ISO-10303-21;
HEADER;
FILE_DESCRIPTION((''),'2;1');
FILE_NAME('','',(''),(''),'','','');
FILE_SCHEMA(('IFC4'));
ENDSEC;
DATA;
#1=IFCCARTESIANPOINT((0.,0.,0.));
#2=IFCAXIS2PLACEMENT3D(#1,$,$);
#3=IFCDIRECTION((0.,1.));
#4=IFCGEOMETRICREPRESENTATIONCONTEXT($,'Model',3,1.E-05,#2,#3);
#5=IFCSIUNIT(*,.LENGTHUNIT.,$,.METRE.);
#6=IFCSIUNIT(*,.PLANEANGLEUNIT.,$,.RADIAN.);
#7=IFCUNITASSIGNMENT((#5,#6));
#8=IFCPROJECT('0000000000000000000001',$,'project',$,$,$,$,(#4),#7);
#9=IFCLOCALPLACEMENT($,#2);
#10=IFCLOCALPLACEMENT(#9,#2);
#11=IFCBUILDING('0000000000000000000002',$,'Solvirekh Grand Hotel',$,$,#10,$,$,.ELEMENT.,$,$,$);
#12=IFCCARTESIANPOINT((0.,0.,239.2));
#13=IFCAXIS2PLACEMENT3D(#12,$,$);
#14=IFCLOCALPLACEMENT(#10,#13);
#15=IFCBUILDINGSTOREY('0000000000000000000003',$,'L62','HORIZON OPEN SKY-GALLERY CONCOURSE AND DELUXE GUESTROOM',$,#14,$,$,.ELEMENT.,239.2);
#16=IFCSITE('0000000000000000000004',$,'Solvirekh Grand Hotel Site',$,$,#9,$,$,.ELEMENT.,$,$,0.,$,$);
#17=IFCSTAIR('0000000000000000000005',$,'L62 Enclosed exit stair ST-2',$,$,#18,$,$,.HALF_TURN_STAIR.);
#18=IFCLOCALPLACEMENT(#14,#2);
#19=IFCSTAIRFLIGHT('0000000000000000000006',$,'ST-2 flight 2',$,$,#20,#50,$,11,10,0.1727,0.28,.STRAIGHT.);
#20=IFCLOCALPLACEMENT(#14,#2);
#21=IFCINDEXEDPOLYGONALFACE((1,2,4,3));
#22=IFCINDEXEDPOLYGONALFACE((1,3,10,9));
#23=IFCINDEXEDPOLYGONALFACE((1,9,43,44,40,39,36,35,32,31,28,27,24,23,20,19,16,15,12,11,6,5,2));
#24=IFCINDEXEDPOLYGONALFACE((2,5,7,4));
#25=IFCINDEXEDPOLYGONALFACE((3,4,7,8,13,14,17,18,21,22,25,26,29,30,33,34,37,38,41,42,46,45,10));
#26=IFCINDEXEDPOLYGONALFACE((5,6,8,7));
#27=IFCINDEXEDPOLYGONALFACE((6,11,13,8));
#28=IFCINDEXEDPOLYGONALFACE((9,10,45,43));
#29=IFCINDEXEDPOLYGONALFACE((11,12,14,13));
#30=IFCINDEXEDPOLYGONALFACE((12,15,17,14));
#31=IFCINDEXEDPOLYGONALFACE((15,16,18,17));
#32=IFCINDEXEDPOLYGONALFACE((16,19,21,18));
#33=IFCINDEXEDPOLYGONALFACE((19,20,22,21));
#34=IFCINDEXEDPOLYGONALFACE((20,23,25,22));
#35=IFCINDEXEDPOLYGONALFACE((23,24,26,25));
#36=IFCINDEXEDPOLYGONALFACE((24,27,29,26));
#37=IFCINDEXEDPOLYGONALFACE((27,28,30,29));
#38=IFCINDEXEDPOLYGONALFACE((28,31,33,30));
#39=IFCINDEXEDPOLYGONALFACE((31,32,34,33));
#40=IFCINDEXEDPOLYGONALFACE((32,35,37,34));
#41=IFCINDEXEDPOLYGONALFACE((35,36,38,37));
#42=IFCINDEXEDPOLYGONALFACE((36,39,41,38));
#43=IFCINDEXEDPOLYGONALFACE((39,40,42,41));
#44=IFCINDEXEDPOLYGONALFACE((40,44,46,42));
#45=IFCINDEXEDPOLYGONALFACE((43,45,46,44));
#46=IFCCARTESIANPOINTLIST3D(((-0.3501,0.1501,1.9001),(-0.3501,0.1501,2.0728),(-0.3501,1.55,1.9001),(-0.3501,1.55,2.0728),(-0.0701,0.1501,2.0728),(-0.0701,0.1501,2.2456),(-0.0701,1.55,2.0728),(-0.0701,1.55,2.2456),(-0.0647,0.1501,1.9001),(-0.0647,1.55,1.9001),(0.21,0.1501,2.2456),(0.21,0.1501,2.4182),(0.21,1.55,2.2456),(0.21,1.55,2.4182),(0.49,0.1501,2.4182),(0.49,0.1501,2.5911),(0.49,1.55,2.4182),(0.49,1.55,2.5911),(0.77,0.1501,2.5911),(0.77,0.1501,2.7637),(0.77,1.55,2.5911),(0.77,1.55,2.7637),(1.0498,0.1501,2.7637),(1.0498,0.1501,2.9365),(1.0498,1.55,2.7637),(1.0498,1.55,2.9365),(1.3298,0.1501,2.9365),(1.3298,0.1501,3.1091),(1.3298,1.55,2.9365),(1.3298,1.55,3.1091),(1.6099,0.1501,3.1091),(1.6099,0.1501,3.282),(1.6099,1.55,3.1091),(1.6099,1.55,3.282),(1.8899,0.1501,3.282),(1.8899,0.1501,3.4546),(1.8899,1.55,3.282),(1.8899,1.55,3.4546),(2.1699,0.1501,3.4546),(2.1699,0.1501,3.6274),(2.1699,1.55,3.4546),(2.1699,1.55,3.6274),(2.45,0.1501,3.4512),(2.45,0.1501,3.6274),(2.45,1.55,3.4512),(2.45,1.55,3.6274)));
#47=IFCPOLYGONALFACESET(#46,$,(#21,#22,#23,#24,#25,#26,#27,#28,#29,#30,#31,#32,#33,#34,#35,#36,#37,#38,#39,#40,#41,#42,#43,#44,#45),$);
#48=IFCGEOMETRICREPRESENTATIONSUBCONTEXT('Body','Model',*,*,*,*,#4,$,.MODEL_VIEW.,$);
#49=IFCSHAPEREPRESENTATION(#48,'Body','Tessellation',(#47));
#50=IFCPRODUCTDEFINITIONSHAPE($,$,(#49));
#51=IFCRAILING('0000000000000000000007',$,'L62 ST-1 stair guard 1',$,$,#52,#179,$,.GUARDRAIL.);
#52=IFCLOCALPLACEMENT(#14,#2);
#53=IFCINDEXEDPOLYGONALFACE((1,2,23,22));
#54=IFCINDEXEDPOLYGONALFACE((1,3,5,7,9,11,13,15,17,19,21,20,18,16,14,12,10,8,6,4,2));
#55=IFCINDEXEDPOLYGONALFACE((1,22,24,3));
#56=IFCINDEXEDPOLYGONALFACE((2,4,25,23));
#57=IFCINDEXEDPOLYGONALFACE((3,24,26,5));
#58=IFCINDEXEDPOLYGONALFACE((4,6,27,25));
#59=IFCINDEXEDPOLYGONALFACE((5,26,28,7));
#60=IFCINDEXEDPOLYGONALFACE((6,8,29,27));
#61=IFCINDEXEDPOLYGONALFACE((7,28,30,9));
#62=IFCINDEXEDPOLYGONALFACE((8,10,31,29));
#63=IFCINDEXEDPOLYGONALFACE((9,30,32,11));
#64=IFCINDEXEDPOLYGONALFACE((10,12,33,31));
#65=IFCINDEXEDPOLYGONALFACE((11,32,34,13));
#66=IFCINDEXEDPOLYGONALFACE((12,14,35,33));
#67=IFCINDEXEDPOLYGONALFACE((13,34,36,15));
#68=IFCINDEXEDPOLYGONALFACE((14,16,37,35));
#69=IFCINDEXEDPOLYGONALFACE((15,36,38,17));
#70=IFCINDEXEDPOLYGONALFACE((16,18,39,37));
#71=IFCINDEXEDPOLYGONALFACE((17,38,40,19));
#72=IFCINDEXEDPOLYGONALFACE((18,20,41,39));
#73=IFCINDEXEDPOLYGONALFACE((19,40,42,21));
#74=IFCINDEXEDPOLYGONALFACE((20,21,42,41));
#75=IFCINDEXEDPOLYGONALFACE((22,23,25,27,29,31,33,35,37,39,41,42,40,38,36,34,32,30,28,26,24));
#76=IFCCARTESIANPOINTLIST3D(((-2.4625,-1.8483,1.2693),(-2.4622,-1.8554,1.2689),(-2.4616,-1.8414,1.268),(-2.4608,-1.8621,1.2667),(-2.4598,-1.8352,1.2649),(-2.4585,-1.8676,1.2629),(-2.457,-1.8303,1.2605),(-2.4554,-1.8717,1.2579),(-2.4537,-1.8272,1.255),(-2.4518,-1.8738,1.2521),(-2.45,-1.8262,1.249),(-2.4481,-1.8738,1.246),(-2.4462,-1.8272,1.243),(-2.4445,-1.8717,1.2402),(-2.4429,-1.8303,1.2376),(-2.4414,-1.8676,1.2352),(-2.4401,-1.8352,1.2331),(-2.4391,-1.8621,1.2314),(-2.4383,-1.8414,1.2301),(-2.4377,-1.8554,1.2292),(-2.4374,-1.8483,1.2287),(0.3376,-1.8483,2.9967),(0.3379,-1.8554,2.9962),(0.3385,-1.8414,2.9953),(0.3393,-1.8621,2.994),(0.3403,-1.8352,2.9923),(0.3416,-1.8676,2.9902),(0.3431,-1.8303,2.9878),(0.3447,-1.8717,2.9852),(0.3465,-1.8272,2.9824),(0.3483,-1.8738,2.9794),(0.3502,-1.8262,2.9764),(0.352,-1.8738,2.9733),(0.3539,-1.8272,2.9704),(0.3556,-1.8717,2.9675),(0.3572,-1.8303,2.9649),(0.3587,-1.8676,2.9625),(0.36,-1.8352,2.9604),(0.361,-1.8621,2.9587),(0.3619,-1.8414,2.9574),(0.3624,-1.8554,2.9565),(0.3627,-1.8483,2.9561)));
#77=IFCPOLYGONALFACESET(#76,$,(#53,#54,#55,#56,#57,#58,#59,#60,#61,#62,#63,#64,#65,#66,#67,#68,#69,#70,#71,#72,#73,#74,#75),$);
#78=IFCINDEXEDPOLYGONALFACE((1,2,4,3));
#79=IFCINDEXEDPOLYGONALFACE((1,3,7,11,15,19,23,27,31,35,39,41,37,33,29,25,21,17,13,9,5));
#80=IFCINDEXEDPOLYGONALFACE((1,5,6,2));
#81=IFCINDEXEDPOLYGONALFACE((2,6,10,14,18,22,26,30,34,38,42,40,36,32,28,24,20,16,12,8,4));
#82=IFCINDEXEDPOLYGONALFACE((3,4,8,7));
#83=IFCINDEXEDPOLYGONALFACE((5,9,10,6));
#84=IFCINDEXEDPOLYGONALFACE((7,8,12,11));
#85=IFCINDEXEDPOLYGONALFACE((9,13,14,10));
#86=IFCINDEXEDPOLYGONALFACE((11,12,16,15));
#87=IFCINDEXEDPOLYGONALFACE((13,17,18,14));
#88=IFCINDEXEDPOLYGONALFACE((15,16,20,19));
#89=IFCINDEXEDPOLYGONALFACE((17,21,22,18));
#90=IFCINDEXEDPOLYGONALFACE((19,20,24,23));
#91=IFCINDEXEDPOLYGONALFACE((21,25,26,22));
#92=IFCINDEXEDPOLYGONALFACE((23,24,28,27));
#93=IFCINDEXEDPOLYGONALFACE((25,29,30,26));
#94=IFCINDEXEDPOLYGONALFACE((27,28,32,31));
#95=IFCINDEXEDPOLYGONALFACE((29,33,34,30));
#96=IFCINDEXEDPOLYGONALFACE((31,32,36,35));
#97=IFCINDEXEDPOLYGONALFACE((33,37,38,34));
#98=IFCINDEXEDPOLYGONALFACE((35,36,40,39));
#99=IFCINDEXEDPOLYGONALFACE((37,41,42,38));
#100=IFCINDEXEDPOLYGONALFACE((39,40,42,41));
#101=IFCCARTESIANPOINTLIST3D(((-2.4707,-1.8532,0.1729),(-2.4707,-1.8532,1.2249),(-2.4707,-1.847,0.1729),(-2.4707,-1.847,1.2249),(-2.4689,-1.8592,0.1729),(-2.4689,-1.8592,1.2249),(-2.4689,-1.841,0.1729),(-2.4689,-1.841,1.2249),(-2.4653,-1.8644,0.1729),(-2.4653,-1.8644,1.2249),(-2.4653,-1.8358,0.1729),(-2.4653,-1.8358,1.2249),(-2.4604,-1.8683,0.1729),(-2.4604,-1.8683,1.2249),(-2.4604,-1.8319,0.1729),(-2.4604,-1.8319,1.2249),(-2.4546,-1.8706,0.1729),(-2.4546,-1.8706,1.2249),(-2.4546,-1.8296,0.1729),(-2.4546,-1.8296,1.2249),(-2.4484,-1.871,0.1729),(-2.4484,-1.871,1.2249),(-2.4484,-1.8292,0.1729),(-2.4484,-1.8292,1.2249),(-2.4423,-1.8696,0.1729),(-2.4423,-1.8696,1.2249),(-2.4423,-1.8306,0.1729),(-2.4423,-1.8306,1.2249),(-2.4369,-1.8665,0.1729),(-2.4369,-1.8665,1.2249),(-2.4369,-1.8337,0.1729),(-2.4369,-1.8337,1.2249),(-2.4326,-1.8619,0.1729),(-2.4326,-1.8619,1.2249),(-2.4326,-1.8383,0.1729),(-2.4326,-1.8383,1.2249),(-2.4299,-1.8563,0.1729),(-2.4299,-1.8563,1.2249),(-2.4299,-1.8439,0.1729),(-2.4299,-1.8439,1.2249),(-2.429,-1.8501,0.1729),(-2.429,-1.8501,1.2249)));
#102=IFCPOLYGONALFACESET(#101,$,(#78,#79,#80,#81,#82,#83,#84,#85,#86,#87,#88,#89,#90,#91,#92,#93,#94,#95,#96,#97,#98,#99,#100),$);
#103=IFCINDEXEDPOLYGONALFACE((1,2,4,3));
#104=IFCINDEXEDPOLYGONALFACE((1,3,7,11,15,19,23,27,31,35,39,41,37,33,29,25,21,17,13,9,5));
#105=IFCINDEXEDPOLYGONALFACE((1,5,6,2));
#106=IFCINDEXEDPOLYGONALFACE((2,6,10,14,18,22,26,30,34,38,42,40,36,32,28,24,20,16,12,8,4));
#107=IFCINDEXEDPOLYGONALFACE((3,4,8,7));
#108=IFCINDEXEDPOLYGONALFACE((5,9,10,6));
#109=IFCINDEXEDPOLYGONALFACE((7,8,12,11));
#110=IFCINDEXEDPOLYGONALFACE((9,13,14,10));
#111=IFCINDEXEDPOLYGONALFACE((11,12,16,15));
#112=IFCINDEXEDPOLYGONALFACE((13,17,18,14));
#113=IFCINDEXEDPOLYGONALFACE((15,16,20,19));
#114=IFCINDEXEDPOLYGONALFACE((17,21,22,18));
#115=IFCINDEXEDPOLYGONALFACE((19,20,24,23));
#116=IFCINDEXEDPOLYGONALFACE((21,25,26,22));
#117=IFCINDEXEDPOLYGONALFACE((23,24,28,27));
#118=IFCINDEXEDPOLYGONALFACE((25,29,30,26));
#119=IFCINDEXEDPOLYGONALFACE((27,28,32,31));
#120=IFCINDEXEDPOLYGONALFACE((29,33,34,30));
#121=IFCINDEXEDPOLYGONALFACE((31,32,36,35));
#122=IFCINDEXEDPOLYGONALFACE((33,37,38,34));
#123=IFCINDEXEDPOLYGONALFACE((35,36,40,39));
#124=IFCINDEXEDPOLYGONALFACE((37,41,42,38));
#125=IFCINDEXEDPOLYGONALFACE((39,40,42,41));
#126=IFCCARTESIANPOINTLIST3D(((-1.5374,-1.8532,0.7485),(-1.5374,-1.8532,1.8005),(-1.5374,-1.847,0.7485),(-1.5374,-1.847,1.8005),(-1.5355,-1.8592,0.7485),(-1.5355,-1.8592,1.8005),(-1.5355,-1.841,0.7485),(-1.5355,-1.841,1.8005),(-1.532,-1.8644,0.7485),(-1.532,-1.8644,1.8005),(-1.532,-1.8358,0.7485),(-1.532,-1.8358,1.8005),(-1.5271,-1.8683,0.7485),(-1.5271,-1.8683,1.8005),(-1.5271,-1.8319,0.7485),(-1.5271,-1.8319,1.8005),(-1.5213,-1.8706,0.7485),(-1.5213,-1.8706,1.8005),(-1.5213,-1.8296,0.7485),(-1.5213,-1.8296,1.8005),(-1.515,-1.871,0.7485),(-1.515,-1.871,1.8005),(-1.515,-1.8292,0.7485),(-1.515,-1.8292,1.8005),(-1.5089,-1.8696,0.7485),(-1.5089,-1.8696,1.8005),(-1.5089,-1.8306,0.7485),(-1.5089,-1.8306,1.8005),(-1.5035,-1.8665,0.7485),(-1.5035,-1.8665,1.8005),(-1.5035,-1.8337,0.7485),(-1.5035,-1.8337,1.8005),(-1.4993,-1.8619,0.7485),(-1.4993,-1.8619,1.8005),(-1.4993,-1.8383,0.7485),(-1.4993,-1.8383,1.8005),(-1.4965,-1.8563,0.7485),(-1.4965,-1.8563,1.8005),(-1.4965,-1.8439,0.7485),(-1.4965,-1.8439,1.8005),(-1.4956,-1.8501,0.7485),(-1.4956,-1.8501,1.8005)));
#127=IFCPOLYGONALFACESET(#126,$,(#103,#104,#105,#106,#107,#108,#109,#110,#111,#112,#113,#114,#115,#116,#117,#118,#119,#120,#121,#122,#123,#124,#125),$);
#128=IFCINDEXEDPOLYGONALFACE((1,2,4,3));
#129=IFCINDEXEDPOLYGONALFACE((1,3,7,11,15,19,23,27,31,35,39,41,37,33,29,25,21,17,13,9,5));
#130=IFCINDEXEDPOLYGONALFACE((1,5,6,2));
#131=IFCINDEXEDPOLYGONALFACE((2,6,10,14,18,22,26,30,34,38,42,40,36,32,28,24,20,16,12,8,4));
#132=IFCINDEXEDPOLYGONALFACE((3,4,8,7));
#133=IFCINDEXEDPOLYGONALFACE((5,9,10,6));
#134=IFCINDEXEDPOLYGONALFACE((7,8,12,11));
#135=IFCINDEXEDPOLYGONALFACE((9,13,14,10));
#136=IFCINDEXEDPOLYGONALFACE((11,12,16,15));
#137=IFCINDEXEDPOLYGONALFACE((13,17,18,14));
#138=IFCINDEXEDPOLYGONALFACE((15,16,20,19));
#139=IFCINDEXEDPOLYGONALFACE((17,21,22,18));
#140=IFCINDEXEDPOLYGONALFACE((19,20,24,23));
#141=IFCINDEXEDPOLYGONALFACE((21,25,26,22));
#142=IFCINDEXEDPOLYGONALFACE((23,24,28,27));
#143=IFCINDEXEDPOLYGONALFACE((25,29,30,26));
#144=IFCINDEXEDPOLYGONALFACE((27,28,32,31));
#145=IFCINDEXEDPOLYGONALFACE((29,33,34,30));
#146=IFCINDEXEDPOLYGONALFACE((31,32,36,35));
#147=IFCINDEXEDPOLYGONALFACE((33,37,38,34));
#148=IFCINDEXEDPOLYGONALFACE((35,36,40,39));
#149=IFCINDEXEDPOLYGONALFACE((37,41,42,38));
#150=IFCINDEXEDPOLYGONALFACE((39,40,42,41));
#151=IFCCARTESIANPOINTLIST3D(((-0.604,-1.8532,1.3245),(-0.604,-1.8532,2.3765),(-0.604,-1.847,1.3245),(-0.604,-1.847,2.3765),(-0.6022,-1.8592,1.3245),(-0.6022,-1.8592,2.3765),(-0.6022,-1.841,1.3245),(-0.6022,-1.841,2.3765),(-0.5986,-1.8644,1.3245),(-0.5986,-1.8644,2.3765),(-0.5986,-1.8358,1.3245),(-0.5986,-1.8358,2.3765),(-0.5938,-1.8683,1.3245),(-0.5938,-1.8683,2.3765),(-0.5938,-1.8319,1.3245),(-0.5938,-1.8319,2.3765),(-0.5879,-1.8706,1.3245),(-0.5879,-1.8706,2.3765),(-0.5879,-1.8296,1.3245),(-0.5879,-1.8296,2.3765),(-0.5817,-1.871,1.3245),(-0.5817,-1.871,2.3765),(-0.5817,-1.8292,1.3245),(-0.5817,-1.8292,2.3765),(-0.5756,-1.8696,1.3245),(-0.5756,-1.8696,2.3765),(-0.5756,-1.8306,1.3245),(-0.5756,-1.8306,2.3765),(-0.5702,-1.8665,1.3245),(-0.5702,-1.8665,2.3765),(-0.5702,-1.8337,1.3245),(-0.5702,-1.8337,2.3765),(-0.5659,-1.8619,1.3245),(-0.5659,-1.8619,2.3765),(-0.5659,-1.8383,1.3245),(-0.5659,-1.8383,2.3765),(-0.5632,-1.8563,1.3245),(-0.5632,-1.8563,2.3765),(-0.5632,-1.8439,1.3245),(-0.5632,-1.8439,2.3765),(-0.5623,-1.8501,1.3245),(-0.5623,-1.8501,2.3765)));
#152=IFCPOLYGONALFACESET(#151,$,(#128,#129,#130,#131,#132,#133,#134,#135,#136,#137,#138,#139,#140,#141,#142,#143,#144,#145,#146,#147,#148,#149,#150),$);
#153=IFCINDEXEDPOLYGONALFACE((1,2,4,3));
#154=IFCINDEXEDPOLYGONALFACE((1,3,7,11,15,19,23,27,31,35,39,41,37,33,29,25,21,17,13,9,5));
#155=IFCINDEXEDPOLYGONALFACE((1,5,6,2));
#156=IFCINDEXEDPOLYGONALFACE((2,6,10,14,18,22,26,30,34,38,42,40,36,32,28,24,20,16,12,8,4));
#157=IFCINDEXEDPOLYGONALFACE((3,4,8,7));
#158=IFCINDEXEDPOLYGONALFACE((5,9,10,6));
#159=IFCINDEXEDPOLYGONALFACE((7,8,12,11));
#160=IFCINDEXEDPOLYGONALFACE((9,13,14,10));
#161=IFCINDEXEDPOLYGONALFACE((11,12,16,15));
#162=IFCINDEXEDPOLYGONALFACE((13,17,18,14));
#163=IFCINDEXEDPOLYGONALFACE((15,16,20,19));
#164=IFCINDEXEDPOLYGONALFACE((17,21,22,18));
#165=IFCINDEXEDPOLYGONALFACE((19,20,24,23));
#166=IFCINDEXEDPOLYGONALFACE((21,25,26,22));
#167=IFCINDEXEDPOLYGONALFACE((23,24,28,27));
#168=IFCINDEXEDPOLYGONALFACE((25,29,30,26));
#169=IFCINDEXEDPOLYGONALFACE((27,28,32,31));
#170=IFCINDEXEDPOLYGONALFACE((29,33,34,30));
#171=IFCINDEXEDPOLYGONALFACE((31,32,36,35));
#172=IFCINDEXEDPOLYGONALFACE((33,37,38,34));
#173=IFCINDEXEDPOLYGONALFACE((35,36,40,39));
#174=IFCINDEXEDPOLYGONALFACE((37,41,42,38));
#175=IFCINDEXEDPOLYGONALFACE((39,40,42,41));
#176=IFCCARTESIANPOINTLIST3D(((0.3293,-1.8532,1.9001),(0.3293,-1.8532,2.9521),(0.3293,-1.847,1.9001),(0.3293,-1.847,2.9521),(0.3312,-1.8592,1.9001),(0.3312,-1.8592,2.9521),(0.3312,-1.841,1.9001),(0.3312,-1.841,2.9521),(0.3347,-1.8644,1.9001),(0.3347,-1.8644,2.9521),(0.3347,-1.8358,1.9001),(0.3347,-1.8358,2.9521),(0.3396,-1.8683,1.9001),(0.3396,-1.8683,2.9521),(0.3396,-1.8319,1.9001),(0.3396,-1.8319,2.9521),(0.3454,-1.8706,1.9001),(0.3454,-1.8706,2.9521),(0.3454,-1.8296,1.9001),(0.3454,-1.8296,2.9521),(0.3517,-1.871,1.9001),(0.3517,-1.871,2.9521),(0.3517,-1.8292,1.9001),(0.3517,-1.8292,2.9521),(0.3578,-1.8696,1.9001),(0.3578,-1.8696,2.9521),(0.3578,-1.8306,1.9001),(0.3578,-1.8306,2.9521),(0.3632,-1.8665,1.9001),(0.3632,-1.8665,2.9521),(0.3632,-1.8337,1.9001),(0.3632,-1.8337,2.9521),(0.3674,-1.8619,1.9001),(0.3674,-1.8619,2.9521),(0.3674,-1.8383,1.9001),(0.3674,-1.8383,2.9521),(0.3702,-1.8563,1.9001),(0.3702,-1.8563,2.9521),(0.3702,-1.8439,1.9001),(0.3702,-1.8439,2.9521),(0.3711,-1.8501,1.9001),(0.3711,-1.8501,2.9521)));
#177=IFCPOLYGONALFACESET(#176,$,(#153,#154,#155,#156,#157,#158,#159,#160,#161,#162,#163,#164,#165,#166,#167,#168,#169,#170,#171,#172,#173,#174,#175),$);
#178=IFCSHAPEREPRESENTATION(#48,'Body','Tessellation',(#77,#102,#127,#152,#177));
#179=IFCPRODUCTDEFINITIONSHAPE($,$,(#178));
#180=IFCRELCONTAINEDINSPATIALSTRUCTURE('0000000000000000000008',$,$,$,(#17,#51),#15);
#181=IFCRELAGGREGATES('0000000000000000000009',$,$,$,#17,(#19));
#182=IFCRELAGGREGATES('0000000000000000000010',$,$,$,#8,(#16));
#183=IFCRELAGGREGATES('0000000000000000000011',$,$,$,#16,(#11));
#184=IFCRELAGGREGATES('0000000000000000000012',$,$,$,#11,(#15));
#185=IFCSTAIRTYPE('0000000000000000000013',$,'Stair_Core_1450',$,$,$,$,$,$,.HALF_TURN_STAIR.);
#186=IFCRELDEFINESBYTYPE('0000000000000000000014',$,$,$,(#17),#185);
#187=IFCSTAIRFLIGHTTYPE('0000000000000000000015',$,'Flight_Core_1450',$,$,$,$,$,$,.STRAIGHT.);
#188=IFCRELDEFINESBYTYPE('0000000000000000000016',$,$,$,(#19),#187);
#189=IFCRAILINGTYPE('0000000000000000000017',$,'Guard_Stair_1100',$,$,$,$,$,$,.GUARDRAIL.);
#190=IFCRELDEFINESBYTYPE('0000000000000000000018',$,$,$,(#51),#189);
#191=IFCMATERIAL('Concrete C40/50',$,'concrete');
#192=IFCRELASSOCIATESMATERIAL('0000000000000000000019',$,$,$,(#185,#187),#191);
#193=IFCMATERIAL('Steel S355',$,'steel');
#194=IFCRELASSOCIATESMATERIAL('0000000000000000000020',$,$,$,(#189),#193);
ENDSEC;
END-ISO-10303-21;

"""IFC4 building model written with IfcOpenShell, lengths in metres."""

from ifc_helpers import new_model, si_unit, direction, frame, origin, origin_2d, place, context, subcontext, project, spatial, polyline, circle, outline, extrude, material, type_object, element, aggregate, save


model = new_model("IFC4")

# Units and contexts
model_context = context("Model", 3, precision=1e-05, world=origin(), true_north=direction((0.0, 1.0)))
body_context = subcontext(model_context, "Body", "Model", "MODEL_VIEW")
ifc_project = project(units=[si_unit("LENGTHUNIT", "METRE"), si_unit("PLANEANGLEUNIT", "RADIAN")], contexts=[model_context])

# Site, building, storey
site_placement = place(None, origin())
site = spatial("IfcSite", under=ifc_project, at=site_placement, Name="Solvirekh Grand Hotel Site", CompositionType="ELEMENT", RefElevation=0.0)
building_placement = place(site_placement, origin())
building = spatial("IfcBuilding", under=site, at=building_placement, Name="Solvirekh Grand Hotel", CompositionType="ELEMENT")
storey_placement = place(building_placement, frame((0.0, 0.0, 239.2)))
storey = spatial("IfcBuildingStorey", under=building, at=storey_placement, Name="L62", Description="HORIZON OPEN SKY-GALLERY CONCOURSE AND DELUXE GUESTROOM", CompositionType="ELEMENT", Elevation=239.2)

# Shared definitions
ifc_material_1 = material(Name="Steel S355", Category="steel")

# Shared definitions
ifc_material_2 = material(Name="Concrete C40/50", Category="concrete")

# Stair, stair flight
stair_type = type_object("IfcStairType", Name="Stair_Core_1450", PredefinedType="HALF_TURN_STAIR", material=ifc_material_2)
stair_flight_type = type_object("IfcStairFlightType", Name="Flight_Core_1450", PredefinedType="STRAIGHT", material=ifc_material_2)
stair_1_placement = place(storey_placement, origin())
stair_1 = element("IfcStair", 1, at=stair_1_placement, inside=storey, type_object=stair_type, Name="L62 Enclosed exit stair ST-2", PredefinedType="HALF_TURN_STAIR")
stair_flight_1_placement = place(storey_placement, frame((-0.3501, 0.8501, 1.9001), z_axis=(0.0, 0.0, 1.0), x_axis=(1.0, 0.0, 0.0)))
stair_flight_1 = element("IfcStairFlight", 2, at=stair_flight_1_placement, type_object=stair_flight_type, Name="ST-2 flight 2", NumberOfRisers=11, NumberOfTreads=10, PredefinedType="STRAIGHT", RiserHeight=0.1727, TreadLength=0.28, context=body_context, shape_type="SweptSolid", body=[
    extrude(outline(polyline([(0.0, 0.0), (0.0, 0.1726), (0.28, 0.1726), (0.28, 0.3455), (0.5601, 0.3455), (0.5601, 0.5181), (0.8401, 0.5181), (0.8401, 0.6909), (1.1201, 0.6909), (1.1201, 0.8635), (1.3999, 0.8635), (1.3999, 1.0364), (1.6799, 1.0364), (1.6799, 1.209), (1.96, 1.209), (1.96, 1.3818), (2.24, 1.3818), (2.24, 1.5544), (2.52, 1.5544), (2.52, 1.7273), (2.8, 1.7273), (2.8, 1.8999), (2.8, 1.551), (0.2854, 0.0), (0.0, 0.0)])), frame((0.0, 0.7, 0.0), z_axis=(0.0, -1.0, 0.0), x_axis=(1.0, 0.0, 0.0)), (0.0, 0.0, 1.0), 1.3999),
])
aggregate(stair_1, [stair_flight_1])

# Railing
railing_type_1 = type_object("IfcRailingType", Name="Guard_Stair_1100", PredefinedType="GUARDRAIL", material=ifc_material_1)
railing_1_placement = place(storey_placement, frame((-2.45, -1.8501, 0.1729)))
element("IfcRailing", 3, at=railing_1_placement, inside=storey, type_object=railing_type_1, Name="L62 ST-1 stair guard 1", PredefinedType="GUARDRAIL", context=body_context, shape_type="SweptSolid", body=[
    extrude(circle(Radius=0.0239, at=origin_2d()), frame((0.0, 0.0, 1.0762), z_axis=(0.85109, 0.0, 0.52502), x_axis=(0.0, 1.0, 0.0)), (0.0, 0.0, 1.0), 3.29),
    extrude(circle(Radius=0.021, at=origin_2d()), origin(), (0.0, 0.0, 1.0), 1.052),
    extrude(circle(Radius=0.021, at=origin_2d()), frame((0.9333, 0.0, 0.5757)), (0.0, 0.0, 1.0), 1.052),
    extrude(circle(Radius=0.021, at=origin_2d()), frame((1.8667, 0.0, 1.1516)), (0.0, 0.0, 1.0), 1.052),
    extrude(circle(Radius=0.021, at=origin_2d()), frame((2.8, 0.0, 1.7273)), (0.0, 0.0, 1.0), 1.052),
])

save(model, "model.ifc")
